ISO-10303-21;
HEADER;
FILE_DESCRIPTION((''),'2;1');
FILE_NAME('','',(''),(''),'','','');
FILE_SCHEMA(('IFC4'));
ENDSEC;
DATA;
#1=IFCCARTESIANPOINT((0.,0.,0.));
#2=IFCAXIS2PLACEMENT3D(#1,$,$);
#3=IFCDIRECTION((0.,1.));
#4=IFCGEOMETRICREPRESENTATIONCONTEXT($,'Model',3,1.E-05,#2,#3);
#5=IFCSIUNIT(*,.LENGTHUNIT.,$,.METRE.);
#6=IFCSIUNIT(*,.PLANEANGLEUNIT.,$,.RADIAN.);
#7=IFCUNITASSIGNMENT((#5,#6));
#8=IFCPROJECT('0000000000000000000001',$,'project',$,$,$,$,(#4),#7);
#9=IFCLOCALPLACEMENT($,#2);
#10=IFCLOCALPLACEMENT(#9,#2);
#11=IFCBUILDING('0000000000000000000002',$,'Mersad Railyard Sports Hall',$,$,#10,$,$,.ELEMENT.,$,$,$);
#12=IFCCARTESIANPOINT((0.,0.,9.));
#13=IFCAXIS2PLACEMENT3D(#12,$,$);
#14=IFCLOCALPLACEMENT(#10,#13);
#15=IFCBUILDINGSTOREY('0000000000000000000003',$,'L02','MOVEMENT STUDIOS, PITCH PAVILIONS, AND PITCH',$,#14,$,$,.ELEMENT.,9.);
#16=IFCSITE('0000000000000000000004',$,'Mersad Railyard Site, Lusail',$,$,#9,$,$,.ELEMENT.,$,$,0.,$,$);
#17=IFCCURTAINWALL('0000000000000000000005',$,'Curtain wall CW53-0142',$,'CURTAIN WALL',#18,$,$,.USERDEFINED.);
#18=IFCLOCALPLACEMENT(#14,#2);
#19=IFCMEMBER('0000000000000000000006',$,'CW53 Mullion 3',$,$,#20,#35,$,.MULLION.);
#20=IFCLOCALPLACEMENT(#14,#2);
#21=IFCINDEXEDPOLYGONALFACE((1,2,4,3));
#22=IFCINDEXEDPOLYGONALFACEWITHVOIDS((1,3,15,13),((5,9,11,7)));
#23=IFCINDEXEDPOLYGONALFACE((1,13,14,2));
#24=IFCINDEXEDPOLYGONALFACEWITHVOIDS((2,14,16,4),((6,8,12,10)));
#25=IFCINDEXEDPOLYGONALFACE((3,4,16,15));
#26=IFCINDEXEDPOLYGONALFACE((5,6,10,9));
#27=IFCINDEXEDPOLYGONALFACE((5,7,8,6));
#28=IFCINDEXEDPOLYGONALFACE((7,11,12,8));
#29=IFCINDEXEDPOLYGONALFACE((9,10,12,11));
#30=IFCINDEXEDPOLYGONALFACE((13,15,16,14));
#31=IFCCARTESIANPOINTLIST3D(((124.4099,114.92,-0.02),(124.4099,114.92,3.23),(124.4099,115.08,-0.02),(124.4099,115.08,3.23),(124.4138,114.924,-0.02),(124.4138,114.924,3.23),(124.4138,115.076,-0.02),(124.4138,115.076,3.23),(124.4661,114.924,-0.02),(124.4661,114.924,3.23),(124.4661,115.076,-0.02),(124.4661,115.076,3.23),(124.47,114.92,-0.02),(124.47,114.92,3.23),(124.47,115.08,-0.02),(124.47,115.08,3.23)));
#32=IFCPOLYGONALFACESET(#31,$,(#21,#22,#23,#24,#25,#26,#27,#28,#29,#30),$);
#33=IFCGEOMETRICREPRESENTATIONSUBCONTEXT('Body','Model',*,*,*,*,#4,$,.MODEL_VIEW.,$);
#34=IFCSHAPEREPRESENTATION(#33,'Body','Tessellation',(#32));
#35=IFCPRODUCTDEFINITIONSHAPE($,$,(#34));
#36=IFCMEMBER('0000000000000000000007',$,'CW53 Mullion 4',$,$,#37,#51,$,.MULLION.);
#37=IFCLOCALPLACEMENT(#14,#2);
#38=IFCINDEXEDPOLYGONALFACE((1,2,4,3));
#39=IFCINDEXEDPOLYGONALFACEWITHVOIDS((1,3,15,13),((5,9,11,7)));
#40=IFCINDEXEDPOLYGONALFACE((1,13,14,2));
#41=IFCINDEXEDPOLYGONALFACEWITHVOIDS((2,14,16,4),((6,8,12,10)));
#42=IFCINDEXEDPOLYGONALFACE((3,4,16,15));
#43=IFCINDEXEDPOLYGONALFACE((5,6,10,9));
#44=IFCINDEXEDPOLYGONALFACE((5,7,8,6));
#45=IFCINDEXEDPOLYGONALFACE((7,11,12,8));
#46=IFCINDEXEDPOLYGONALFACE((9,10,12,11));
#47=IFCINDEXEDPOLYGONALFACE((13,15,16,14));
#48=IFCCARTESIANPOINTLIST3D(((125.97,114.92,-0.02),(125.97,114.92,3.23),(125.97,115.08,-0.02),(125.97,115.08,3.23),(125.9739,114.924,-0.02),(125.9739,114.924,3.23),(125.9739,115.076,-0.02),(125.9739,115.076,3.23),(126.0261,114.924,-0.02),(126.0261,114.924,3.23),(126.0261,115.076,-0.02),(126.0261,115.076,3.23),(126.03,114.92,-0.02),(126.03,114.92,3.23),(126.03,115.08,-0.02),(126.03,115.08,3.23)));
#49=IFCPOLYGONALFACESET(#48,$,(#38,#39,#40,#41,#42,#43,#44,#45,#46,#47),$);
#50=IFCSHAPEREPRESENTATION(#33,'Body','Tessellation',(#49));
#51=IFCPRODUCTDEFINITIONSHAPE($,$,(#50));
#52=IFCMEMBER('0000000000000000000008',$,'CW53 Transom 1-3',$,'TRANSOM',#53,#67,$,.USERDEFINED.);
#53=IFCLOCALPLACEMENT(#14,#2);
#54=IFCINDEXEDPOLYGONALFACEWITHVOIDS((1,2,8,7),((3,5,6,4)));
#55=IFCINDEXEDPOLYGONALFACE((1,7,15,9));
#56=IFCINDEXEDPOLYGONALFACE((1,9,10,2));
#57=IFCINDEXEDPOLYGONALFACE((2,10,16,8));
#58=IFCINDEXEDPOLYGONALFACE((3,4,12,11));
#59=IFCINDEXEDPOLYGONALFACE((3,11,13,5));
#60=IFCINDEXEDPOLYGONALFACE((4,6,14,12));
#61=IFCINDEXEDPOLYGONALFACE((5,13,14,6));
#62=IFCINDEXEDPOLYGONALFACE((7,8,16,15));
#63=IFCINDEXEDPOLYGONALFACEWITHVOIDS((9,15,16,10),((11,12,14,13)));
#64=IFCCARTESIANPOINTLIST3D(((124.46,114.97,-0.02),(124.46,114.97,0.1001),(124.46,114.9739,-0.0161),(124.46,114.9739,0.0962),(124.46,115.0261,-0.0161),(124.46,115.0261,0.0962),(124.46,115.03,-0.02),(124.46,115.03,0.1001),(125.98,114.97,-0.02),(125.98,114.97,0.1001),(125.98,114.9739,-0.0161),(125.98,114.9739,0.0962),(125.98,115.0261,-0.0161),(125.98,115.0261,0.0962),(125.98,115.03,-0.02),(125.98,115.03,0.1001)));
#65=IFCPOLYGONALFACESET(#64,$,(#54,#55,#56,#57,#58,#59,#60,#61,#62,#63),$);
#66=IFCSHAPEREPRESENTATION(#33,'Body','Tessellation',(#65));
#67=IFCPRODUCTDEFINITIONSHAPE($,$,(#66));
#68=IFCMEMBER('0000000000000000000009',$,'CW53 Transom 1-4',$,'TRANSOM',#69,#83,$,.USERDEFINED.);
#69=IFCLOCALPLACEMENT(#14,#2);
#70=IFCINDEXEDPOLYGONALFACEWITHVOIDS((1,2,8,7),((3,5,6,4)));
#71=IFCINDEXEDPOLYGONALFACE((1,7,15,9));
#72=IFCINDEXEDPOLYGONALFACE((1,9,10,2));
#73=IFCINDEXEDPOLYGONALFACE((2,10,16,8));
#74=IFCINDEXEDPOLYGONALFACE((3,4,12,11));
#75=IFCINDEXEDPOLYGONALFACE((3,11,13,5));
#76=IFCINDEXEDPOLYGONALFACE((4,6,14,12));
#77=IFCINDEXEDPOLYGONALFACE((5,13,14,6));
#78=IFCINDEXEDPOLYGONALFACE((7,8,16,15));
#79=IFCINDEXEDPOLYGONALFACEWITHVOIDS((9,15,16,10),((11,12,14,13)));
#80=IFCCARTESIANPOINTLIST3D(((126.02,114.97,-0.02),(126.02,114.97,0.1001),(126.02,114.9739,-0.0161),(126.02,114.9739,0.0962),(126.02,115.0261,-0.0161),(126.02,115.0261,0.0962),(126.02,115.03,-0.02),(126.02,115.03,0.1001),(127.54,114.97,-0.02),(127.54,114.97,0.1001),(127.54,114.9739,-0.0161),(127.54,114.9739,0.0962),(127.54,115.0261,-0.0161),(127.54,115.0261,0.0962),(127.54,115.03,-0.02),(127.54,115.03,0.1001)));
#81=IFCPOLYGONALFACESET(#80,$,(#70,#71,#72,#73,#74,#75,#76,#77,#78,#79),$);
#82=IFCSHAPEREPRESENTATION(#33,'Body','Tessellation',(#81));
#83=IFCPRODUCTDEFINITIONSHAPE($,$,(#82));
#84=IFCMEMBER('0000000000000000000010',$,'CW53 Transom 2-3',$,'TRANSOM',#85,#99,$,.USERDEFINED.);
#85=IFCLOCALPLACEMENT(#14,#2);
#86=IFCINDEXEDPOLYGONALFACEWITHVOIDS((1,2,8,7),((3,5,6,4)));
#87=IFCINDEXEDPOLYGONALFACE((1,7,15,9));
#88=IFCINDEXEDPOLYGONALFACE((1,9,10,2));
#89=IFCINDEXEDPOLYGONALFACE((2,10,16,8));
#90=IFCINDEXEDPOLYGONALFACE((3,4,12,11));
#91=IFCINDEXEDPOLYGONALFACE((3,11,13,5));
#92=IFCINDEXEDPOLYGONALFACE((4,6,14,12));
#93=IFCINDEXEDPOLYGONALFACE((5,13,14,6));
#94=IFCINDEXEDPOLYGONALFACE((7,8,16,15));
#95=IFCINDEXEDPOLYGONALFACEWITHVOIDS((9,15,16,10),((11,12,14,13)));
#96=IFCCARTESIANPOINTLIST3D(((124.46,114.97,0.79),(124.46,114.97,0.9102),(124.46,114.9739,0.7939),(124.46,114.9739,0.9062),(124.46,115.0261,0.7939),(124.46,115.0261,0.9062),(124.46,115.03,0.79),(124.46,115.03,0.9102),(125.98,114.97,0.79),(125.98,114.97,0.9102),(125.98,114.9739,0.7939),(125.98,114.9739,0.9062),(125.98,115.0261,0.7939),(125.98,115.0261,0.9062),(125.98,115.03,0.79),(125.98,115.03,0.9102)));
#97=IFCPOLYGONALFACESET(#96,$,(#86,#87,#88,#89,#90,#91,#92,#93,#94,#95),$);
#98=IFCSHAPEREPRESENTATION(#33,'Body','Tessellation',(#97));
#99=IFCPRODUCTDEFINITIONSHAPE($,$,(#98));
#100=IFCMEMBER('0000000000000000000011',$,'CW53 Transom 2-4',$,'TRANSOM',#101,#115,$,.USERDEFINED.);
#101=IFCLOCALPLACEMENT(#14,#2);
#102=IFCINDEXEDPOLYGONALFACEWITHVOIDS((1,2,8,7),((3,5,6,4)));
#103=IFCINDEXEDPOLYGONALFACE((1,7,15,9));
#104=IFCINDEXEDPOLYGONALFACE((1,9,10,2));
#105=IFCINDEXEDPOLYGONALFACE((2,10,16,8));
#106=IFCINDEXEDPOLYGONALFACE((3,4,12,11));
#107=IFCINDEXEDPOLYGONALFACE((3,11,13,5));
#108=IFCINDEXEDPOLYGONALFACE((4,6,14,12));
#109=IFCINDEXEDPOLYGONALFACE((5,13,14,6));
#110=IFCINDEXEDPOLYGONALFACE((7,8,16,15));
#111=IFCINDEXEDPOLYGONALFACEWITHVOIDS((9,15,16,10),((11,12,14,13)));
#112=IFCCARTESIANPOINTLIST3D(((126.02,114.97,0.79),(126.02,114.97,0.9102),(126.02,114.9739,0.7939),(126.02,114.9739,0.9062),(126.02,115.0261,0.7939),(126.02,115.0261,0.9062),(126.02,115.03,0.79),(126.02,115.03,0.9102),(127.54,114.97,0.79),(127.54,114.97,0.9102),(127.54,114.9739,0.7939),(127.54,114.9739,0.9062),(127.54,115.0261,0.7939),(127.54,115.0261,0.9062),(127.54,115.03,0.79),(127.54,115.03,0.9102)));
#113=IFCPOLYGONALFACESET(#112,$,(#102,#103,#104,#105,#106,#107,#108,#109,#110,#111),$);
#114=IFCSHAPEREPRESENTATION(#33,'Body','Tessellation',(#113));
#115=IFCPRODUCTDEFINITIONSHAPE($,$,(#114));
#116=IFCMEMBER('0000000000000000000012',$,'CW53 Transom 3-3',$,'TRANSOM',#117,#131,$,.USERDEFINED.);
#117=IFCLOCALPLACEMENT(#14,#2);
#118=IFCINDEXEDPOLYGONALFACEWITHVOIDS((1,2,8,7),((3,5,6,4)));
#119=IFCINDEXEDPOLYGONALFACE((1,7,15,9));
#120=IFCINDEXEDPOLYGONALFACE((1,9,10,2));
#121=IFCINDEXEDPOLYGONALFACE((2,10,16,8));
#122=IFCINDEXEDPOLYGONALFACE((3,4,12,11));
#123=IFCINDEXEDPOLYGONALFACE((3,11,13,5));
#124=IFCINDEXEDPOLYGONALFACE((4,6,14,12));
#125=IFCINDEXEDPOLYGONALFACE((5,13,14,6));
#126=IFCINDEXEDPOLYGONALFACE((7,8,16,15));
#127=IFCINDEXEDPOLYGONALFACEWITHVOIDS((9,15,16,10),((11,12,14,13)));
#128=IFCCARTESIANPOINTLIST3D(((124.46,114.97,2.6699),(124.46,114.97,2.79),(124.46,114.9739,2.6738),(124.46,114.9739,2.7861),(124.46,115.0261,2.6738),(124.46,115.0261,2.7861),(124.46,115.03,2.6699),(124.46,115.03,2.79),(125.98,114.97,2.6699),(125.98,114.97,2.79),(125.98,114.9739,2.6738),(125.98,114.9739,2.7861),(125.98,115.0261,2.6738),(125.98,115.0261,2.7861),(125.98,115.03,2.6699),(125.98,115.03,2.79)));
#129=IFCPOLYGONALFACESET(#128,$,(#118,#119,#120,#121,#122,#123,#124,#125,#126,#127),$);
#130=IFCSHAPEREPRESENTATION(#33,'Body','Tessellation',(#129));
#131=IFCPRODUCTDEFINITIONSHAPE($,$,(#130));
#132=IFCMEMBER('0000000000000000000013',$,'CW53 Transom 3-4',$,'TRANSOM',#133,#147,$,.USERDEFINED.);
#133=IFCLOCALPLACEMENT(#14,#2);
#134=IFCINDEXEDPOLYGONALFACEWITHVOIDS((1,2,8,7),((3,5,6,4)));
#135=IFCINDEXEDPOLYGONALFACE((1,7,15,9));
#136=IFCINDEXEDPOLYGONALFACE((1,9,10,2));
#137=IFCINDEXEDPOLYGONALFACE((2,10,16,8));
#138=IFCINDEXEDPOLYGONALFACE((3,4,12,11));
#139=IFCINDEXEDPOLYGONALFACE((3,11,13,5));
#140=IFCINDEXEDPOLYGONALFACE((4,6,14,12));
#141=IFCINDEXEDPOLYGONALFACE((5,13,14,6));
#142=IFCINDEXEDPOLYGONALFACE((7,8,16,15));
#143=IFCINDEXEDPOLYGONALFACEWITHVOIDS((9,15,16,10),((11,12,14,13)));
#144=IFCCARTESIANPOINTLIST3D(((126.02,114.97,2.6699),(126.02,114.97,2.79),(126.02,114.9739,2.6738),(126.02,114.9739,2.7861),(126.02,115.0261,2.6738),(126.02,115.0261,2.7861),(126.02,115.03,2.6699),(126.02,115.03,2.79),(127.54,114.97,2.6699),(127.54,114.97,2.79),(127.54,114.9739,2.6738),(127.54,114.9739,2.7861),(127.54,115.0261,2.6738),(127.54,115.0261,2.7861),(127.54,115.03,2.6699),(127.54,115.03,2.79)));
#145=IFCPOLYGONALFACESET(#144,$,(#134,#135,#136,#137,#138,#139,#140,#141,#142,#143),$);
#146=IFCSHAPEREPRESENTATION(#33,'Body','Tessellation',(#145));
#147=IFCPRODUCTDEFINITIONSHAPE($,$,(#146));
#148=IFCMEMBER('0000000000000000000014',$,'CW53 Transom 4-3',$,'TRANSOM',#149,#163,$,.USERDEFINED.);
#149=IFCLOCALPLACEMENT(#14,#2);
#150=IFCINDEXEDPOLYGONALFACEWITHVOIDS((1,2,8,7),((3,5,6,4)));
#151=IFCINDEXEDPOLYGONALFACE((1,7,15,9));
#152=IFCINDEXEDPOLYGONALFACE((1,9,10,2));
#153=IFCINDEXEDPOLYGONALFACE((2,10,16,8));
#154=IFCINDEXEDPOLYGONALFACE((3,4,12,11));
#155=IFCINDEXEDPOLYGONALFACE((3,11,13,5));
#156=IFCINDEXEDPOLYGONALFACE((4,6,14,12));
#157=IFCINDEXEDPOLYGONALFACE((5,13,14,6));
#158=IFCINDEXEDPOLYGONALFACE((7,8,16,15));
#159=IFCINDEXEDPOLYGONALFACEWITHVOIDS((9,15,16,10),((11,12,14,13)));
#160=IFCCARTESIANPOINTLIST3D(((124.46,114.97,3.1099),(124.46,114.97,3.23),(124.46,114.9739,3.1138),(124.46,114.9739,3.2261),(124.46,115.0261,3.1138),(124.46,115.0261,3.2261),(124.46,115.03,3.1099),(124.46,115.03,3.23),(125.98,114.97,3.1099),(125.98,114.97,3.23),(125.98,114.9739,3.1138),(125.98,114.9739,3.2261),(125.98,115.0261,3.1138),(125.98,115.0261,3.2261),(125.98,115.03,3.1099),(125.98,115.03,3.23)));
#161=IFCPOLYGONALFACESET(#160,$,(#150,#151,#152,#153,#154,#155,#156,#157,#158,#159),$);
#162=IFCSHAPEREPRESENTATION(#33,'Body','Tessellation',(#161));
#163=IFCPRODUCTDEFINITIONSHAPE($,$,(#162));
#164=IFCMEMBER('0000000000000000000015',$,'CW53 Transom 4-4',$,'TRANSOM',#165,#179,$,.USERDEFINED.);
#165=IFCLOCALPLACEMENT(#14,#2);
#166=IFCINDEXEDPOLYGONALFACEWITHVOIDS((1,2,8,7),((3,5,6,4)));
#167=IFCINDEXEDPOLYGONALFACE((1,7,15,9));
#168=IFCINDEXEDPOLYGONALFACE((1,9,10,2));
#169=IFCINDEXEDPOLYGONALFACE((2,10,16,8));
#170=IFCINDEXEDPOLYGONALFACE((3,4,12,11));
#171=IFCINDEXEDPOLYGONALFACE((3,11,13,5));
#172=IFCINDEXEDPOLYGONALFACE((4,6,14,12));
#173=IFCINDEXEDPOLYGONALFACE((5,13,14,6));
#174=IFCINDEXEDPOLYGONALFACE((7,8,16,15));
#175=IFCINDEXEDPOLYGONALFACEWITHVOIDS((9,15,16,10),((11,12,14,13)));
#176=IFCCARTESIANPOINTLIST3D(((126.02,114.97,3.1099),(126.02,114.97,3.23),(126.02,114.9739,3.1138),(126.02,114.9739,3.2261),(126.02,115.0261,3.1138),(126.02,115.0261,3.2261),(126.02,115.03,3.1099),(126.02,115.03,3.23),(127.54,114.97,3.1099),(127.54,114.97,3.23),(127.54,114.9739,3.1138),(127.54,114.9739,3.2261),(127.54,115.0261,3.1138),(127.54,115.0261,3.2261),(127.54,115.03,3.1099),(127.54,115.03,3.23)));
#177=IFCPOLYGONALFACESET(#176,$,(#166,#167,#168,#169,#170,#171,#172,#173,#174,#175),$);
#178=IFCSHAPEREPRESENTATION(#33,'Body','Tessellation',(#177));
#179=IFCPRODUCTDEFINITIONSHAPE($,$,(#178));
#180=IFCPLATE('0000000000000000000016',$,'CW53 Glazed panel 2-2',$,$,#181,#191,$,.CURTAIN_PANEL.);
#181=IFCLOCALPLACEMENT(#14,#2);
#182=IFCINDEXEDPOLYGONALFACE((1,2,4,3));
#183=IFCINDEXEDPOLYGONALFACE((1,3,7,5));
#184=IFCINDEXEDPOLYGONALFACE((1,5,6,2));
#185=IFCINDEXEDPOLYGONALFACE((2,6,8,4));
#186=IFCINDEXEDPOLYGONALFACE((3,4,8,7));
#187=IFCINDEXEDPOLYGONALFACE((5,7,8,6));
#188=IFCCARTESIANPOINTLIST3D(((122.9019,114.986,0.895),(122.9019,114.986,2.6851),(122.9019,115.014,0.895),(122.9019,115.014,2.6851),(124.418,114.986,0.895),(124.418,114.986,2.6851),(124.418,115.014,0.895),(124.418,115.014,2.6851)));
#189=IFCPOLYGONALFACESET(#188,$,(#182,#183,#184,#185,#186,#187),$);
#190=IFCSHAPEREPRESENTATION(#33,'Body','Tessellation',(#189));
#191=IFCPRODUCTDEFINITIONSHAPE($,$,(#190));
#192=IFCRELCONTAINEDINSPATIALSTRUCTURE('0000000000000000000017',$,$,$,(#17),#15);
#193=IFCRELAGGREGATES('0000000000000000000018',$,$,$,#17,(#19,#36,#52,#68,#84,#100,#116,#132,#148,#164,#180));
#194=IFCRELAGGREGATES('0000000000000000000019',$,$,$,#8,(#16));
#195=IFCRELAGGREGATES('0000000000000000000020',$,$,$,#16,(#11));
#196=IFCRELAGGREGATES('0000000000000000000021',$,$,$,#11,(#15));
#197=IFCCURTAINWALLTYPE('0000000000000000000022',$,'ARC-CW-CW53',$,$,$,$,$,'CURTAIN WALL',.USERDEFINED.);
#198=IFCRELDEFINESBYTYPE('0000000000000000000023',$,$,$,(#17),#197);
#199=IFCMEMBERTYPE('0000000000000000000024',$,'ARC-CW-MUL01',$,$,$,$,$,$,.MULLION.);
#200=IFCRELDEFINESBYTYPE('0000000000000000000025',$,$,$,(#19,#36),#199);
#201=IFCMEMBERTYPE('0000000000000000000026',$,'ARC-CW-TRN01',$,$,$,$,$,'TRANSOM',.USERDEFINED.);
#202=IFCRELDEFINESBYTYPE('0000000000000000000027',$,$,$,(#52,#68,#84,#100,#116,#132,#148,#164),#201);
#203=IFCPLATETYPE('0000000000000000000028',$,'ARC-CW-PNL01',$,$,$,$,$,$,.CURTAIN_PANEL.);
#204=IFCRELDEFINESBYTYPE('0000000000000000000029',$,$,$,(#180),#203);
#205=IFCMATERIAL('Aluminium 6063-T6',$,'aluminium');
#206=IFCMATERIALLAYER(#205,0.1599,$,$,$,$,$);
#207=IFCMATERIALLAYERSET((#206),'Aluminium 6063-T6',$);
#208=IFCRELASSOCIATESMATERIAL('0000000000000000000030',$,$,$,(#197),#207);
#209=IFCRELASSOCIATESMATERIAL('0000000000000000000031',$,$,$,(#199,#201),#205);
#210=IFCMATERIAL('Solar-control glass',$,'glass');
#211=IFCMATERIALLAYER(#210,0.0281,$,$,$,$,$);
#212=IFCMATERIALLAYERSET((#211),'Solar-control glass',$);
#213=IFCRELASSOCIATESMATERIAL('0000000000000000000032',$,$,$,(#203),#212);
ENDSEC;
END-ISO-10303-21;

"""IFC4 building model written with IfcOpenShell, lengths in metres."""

from ifc_helpers import new_model, si_unit, direction, frame, origin, origin_2d, place, context, subcontext, project, spatial, rectangle, hollow_rectangle, extrude, material, layer, layer_set, material_profile, profile_set, type_object, element, aggregate, save


model = new_model("IFC4")

# Units and contexts
model_context = context("Model", 3, precision=1e-05, world=origin(), true_north=direction((0.0, 1.0)))
body_context = subcontext(model_context, "Body", "Model", "MODEL_VIEW")
ifc_project = project(units=[si_unit("LENGTHUNIT", "METRE"), si_unit("PLANEANGLEUNIT", "RADIAN")], contexts=[model_context])

# Site, building, storey
site_placement = place(None, origin())
site = spatial("IfcSite", under=ifc_project, at=site_placement, Name="Mersad Railyard Site, Lusail", CompositionType="ELEMENT", RefElevation=0.0)
building_placement = place(site_placement, origin())
building = spatial("IfcBuilding", under=site, at=building_placement, Name="Mersad Railyard Sports Hall", CompositionType="ELEMENT")
storey_placement = place(building_placement, frame((0.0, 0.0, 9.0)))
storey = spatial("IfcBuildingStorey", under=building, at=storey_placement, Name="L02", Description="MOVEMENT STUDIOS, PITCH PAVILIONS, AND PITCH", CompositionType="ELEMENT", Elevation=9.0)

# Curtain wall, members, plate
ifc_material_1 = material(Name="Aluminium 6063-T6", Category="aluminium")
ifc_layer_1 = layer(ifc_material_1, 0.1599)
ifc_layer_set_1 = layer_set([ifc_layer_1], Name="Aluminium 6063-T6")
curtain_wall_type = type_object("IfcCurtainWallType", Name="ARC-CW-CW53", ElementType="CURTAIN WALL", PredefinedType="USERDEFINED", material=ifc_layer_set_1)
curtain_wall_placement = place(storey_placement, origin())
curtain_wall = element("IfcCurtainWall", 1, at=curtain_wall_placement, inside=storey, type_object=curtain_wall_type, Name="Curtain wall CW53-0142", ObjectType="CURTAIN WALL", PredefinedType="USERDEFINED")
ifc_material_profile_1 = material_profile(ifc_material_1, hollow_rectangle(XDim=0.0601, YDim=0.1599, WallThickness=0.0039, at=origin_2d()), Name="AL MULLION 60x160x4")
ifc_profile_set_1 = profile_set([ifc_material_profile_1], Name="Aluminium 6063-T6")
member_type_1 = type_object("IfcMemberType", Name="ARC-CW-MUL01", PredefinedType="MULLION", material=ifc_profile_set_1)
member_1_placement = place(storey_placement, frame((124.4399, 115.0, -0.02), z_axis=(0.0, 0.0, 1.0), x_axis=(1.0, 0.0, 0.0)))
member_1 = element("IfcMember", 2, at=member_1_placement, type_object=member_type_1, Name="CW53 Mullion 3", PredefinedType="MULLION", context=body_context, shape_type="SweptSolid", body=[
    extrude(hollow_rectangle(XDim=0.0601, YDim=0.1599, WallThickness=0.0039, at=origin_2d()), origin(), (0.0, 0.0, 1.0), 3.25),
])
member_2_placement = place(storey_placement, frame((126.0, 115.0, -0.02), z_axis=(0.0, 0.0, 1.0), x_axis=(1.0, 0.0, 0.0)))
member_2 = element("IfcMember", 3, at=member_2_placement, type_object=member_type_1, Name="CW53 Mullion 4", PredefinedType="MULLION", context=body_context, shape_type="SweptSolid", body=[
    extrude(hollow_rectangle(XDim=0.0601, YDim=0.1599, WallThickness=0.0039, at=origin_2d()), origin(), (0.0, 0.0, 1.0), 3.25),
])
ifc_material_profile_2 = material_profile(ifc_material_1, hollow_rectangle(XDim=0.0601, YDim=0.1201, WallThickness=0.0039, at=origin_2d()), Name="AL TRANSOM 60x120x4")
ifc_profile_set_2 = profile_set([ifc_material_profile_2], Name="Aluminium 6063-T6")
member_type_2 = type_object("IfcMemberType", Name="ARC-CW-TRN01", ElementType="TRANSOM", PredefinedType="USERDEFINED", material=ifc_profile_set_2)
member_3_placement = place(storey_placement, frame((124.46, 115.0, 0.04), z_axis=(1.0, 0.0, 0.0), x_axis=(0.0, 1.0, 0.0)))
member_3 = element("IfcMember", 4, at=member_3_placement, type_object=member_type_2, Name="CW53 Transom 1-3", ObjectType="TRANSOM", PredefinedType="USERDEFINED", context=body_context, shape_type="SweptSolid", body=[
    extrude(hollow_rectangle(XDim=0.0601, YDim=0.1201, WallThickness=0.0039, at=origin_2d()), origin(), (0.0, 0.0, 1.0), 1.52),
])
member_4_placement = place(storey_placement, frame((126.02, 115.0, 0.04), z_axis=(1.0, 0.0, 0.0), x_axis=(0.0, 1.0, 0.0)))
member_4 = element("IfcMember", 5, at=member_4_placement, type_object=member_type_2, Name="CW53 Transom 1-4", ObjectType="TRANSOM", PredefinedType="USERDEFINED", context=body_context, shape_type="SweptSolid", body=[
    extrude(hollow_rectangle(XDim=0.0601, YDim=0.1201, WallThickness=0.0039, at=origin_2d()), origin(), (0.0, 0.0, 1.0), 1.52),
])
member_5_placement = place(storey_placement, frame((124.46, 115.0, 0.8501), z_axis=(1.0, 0.0, 0.0), x_axis=(0.0, 1.0, 0.0)))
member_5 = element("IfcMember", 6, at=member_5_placement, type_object=member_type_2, Name="CW53 Transom 2-3", ObjectType="TRANSOM", PredefinedType="USERDEFINED", context=body_context, shape_type="SweptSolid", body=[
    extrude(hollow_rectangle(XDim=0.0601, YDim=0.1201, WallThickness=0.0039, at=origin_2d()), origin(), (0.0, 0.0, 1.0), 1.52),
])
member_6_placement = place(storey_placement, frame((126.02, 115.0, 0.8501), z_axis=(1.0, 0.0, 0.0), x_axis=(0.0, 1.0, 0.0)))
member_6 = element("IfcMember", 7, at=member_6_placement, type_object=member_type_2, Name="CW53 Transom 2-4", ObjectType="TRANSOM", PredefinedType="USERDEFINED", context=body_context, shape_type="SweptSolid", body=[
    extrude(hollow_rectangle(XDim=0.0601, YDim=0.1201, WallThickness=0.0039, at=origin_2d()), origin(), (0.0, 0.0, 1.0), 1.52),
])
member_7_placement = place(storey_placement, frame((124.46, 115.0, 2.73), z_axis=(1.0, 0.0, 0.0), x_axis=(0.0, 1.0, 0.0)))
member_7 = element("IfcMember", 8, at=member_7_placement, type_object=member_type_2, Name="CW53 Transom 3-3", ObjectType="TRANSOM", PredefinedType="USERDEFINED", context=body_context, shape_type="SweptSolid", body=[
    extrude(hollow_rectangle(XDim=0.0601, YDim=0.1201, WallThickness=0.0039, at=origin_2d()), origin(), (0.0, 0.0, 1.0), 1.52),
])
member_8_placement = place(storey_placement, frame((126.02, 115.0, 2.73), z_axis=(1.0, 0.0, 0.0), x_axis=(0.0, 1.0, 0.0)))
member_8 = element("IfcMember", 9, at=member_8_placement, type_object=member_type_2, Name="CW53 Transom 3-4", ObjectType="TRANSOM", PredefinedType="USERDEFINED", context=body_context, shape_type="SweptSolid", body=[
    extrude(hollow_rectangle(XDim=0.0601, YDim=0.1201, WallThickness=0.0039, at=origin_2d()), origin(), (0.0, 0.0, 1.0), 1.52),
])
member_9_placement = place(storey_placement, frame((124.46, 115.0, 3.1699), z_axis=(1.0, 0.0, 0.0), x_axis=(0.0, 1.0, 0.0)))
member_9 = element("IfcMember", 10, at=member_9_placement, type_object=member_type_2, Name="CW53 Transom 4-3", ObjectType="TRANSOM", PredefinedType="USERDEFINED", context=body_context, shape_type="SweptSolid", body=[
    extrude(hollow_rectangle(XDim=0.0601, YDim=0.1201, WallThickness=0.0039, at=origin_2d()), origin(), (0.0, 0.0, 1.0), 1.52),
])
member_10_placement = place(storey_placement, frame((126.02, 115.0, 3.1699), z_axis=(1.0, 0.0, 0.0), x_axis=(0.0, 1.0, 0.0)))
member_10 = element("IfcMember", 11, at=member_10_placement, type_object=member_type_2, Name="CW53 Transom 4-4", ObjectType="TRANSOM", PredefinedType="USERDEFINED", context=body_context, shape_type="SweptSolid", body=[
    extrude(hollow_rectangle(XDim=0.0601, YDim=0.1201, WallThickness=0.0039, at=origin_2d()), origin(), (0.0, 0.0, 1.0), 1.52),
])
ifc_material_2 = material(Name="Solar-control glass", Category="glass")
ifc_layer_2 = layer(ifc_material_2, 0.0281)
ifc_layer_set_2 = layer_set([ifc_layer_2], Name="Solar-control glass")
plate_type = type_object("IfcPlateType", Name="ARC-CW-PNL01", PredefinedType="CURTAIN_PANEL", material=ifc_layer_set_2)
plate_1_placement = place(storey_placement, frame((123.6599, 115.0, 0.895), z_axis=(0.0, 0.0, 1.0), x_axis=(1.0, 0.0, 0.0)))
plate_1 = element("IfcPlate", 12, at=plate_1_placement, type_object=plate_type, Name="CW53 Glazed panel 2-2", PredefinedType="CURTAIN_PANEL", context=body_context, shape_type="SweptSolid", body=[
    extrude(rectangle(XDim=1.5161, YDim=0.0281, at=origin_2d()), origin(), (0.0, 0.0, 1.0), 1.79),
])
aggregate(curtain_wall, [member_1, member_2, member_3, member_4, member_5, member_6, member_7, member_8, member_9, member_10, plate_1])

save(model, "model.ifc")
